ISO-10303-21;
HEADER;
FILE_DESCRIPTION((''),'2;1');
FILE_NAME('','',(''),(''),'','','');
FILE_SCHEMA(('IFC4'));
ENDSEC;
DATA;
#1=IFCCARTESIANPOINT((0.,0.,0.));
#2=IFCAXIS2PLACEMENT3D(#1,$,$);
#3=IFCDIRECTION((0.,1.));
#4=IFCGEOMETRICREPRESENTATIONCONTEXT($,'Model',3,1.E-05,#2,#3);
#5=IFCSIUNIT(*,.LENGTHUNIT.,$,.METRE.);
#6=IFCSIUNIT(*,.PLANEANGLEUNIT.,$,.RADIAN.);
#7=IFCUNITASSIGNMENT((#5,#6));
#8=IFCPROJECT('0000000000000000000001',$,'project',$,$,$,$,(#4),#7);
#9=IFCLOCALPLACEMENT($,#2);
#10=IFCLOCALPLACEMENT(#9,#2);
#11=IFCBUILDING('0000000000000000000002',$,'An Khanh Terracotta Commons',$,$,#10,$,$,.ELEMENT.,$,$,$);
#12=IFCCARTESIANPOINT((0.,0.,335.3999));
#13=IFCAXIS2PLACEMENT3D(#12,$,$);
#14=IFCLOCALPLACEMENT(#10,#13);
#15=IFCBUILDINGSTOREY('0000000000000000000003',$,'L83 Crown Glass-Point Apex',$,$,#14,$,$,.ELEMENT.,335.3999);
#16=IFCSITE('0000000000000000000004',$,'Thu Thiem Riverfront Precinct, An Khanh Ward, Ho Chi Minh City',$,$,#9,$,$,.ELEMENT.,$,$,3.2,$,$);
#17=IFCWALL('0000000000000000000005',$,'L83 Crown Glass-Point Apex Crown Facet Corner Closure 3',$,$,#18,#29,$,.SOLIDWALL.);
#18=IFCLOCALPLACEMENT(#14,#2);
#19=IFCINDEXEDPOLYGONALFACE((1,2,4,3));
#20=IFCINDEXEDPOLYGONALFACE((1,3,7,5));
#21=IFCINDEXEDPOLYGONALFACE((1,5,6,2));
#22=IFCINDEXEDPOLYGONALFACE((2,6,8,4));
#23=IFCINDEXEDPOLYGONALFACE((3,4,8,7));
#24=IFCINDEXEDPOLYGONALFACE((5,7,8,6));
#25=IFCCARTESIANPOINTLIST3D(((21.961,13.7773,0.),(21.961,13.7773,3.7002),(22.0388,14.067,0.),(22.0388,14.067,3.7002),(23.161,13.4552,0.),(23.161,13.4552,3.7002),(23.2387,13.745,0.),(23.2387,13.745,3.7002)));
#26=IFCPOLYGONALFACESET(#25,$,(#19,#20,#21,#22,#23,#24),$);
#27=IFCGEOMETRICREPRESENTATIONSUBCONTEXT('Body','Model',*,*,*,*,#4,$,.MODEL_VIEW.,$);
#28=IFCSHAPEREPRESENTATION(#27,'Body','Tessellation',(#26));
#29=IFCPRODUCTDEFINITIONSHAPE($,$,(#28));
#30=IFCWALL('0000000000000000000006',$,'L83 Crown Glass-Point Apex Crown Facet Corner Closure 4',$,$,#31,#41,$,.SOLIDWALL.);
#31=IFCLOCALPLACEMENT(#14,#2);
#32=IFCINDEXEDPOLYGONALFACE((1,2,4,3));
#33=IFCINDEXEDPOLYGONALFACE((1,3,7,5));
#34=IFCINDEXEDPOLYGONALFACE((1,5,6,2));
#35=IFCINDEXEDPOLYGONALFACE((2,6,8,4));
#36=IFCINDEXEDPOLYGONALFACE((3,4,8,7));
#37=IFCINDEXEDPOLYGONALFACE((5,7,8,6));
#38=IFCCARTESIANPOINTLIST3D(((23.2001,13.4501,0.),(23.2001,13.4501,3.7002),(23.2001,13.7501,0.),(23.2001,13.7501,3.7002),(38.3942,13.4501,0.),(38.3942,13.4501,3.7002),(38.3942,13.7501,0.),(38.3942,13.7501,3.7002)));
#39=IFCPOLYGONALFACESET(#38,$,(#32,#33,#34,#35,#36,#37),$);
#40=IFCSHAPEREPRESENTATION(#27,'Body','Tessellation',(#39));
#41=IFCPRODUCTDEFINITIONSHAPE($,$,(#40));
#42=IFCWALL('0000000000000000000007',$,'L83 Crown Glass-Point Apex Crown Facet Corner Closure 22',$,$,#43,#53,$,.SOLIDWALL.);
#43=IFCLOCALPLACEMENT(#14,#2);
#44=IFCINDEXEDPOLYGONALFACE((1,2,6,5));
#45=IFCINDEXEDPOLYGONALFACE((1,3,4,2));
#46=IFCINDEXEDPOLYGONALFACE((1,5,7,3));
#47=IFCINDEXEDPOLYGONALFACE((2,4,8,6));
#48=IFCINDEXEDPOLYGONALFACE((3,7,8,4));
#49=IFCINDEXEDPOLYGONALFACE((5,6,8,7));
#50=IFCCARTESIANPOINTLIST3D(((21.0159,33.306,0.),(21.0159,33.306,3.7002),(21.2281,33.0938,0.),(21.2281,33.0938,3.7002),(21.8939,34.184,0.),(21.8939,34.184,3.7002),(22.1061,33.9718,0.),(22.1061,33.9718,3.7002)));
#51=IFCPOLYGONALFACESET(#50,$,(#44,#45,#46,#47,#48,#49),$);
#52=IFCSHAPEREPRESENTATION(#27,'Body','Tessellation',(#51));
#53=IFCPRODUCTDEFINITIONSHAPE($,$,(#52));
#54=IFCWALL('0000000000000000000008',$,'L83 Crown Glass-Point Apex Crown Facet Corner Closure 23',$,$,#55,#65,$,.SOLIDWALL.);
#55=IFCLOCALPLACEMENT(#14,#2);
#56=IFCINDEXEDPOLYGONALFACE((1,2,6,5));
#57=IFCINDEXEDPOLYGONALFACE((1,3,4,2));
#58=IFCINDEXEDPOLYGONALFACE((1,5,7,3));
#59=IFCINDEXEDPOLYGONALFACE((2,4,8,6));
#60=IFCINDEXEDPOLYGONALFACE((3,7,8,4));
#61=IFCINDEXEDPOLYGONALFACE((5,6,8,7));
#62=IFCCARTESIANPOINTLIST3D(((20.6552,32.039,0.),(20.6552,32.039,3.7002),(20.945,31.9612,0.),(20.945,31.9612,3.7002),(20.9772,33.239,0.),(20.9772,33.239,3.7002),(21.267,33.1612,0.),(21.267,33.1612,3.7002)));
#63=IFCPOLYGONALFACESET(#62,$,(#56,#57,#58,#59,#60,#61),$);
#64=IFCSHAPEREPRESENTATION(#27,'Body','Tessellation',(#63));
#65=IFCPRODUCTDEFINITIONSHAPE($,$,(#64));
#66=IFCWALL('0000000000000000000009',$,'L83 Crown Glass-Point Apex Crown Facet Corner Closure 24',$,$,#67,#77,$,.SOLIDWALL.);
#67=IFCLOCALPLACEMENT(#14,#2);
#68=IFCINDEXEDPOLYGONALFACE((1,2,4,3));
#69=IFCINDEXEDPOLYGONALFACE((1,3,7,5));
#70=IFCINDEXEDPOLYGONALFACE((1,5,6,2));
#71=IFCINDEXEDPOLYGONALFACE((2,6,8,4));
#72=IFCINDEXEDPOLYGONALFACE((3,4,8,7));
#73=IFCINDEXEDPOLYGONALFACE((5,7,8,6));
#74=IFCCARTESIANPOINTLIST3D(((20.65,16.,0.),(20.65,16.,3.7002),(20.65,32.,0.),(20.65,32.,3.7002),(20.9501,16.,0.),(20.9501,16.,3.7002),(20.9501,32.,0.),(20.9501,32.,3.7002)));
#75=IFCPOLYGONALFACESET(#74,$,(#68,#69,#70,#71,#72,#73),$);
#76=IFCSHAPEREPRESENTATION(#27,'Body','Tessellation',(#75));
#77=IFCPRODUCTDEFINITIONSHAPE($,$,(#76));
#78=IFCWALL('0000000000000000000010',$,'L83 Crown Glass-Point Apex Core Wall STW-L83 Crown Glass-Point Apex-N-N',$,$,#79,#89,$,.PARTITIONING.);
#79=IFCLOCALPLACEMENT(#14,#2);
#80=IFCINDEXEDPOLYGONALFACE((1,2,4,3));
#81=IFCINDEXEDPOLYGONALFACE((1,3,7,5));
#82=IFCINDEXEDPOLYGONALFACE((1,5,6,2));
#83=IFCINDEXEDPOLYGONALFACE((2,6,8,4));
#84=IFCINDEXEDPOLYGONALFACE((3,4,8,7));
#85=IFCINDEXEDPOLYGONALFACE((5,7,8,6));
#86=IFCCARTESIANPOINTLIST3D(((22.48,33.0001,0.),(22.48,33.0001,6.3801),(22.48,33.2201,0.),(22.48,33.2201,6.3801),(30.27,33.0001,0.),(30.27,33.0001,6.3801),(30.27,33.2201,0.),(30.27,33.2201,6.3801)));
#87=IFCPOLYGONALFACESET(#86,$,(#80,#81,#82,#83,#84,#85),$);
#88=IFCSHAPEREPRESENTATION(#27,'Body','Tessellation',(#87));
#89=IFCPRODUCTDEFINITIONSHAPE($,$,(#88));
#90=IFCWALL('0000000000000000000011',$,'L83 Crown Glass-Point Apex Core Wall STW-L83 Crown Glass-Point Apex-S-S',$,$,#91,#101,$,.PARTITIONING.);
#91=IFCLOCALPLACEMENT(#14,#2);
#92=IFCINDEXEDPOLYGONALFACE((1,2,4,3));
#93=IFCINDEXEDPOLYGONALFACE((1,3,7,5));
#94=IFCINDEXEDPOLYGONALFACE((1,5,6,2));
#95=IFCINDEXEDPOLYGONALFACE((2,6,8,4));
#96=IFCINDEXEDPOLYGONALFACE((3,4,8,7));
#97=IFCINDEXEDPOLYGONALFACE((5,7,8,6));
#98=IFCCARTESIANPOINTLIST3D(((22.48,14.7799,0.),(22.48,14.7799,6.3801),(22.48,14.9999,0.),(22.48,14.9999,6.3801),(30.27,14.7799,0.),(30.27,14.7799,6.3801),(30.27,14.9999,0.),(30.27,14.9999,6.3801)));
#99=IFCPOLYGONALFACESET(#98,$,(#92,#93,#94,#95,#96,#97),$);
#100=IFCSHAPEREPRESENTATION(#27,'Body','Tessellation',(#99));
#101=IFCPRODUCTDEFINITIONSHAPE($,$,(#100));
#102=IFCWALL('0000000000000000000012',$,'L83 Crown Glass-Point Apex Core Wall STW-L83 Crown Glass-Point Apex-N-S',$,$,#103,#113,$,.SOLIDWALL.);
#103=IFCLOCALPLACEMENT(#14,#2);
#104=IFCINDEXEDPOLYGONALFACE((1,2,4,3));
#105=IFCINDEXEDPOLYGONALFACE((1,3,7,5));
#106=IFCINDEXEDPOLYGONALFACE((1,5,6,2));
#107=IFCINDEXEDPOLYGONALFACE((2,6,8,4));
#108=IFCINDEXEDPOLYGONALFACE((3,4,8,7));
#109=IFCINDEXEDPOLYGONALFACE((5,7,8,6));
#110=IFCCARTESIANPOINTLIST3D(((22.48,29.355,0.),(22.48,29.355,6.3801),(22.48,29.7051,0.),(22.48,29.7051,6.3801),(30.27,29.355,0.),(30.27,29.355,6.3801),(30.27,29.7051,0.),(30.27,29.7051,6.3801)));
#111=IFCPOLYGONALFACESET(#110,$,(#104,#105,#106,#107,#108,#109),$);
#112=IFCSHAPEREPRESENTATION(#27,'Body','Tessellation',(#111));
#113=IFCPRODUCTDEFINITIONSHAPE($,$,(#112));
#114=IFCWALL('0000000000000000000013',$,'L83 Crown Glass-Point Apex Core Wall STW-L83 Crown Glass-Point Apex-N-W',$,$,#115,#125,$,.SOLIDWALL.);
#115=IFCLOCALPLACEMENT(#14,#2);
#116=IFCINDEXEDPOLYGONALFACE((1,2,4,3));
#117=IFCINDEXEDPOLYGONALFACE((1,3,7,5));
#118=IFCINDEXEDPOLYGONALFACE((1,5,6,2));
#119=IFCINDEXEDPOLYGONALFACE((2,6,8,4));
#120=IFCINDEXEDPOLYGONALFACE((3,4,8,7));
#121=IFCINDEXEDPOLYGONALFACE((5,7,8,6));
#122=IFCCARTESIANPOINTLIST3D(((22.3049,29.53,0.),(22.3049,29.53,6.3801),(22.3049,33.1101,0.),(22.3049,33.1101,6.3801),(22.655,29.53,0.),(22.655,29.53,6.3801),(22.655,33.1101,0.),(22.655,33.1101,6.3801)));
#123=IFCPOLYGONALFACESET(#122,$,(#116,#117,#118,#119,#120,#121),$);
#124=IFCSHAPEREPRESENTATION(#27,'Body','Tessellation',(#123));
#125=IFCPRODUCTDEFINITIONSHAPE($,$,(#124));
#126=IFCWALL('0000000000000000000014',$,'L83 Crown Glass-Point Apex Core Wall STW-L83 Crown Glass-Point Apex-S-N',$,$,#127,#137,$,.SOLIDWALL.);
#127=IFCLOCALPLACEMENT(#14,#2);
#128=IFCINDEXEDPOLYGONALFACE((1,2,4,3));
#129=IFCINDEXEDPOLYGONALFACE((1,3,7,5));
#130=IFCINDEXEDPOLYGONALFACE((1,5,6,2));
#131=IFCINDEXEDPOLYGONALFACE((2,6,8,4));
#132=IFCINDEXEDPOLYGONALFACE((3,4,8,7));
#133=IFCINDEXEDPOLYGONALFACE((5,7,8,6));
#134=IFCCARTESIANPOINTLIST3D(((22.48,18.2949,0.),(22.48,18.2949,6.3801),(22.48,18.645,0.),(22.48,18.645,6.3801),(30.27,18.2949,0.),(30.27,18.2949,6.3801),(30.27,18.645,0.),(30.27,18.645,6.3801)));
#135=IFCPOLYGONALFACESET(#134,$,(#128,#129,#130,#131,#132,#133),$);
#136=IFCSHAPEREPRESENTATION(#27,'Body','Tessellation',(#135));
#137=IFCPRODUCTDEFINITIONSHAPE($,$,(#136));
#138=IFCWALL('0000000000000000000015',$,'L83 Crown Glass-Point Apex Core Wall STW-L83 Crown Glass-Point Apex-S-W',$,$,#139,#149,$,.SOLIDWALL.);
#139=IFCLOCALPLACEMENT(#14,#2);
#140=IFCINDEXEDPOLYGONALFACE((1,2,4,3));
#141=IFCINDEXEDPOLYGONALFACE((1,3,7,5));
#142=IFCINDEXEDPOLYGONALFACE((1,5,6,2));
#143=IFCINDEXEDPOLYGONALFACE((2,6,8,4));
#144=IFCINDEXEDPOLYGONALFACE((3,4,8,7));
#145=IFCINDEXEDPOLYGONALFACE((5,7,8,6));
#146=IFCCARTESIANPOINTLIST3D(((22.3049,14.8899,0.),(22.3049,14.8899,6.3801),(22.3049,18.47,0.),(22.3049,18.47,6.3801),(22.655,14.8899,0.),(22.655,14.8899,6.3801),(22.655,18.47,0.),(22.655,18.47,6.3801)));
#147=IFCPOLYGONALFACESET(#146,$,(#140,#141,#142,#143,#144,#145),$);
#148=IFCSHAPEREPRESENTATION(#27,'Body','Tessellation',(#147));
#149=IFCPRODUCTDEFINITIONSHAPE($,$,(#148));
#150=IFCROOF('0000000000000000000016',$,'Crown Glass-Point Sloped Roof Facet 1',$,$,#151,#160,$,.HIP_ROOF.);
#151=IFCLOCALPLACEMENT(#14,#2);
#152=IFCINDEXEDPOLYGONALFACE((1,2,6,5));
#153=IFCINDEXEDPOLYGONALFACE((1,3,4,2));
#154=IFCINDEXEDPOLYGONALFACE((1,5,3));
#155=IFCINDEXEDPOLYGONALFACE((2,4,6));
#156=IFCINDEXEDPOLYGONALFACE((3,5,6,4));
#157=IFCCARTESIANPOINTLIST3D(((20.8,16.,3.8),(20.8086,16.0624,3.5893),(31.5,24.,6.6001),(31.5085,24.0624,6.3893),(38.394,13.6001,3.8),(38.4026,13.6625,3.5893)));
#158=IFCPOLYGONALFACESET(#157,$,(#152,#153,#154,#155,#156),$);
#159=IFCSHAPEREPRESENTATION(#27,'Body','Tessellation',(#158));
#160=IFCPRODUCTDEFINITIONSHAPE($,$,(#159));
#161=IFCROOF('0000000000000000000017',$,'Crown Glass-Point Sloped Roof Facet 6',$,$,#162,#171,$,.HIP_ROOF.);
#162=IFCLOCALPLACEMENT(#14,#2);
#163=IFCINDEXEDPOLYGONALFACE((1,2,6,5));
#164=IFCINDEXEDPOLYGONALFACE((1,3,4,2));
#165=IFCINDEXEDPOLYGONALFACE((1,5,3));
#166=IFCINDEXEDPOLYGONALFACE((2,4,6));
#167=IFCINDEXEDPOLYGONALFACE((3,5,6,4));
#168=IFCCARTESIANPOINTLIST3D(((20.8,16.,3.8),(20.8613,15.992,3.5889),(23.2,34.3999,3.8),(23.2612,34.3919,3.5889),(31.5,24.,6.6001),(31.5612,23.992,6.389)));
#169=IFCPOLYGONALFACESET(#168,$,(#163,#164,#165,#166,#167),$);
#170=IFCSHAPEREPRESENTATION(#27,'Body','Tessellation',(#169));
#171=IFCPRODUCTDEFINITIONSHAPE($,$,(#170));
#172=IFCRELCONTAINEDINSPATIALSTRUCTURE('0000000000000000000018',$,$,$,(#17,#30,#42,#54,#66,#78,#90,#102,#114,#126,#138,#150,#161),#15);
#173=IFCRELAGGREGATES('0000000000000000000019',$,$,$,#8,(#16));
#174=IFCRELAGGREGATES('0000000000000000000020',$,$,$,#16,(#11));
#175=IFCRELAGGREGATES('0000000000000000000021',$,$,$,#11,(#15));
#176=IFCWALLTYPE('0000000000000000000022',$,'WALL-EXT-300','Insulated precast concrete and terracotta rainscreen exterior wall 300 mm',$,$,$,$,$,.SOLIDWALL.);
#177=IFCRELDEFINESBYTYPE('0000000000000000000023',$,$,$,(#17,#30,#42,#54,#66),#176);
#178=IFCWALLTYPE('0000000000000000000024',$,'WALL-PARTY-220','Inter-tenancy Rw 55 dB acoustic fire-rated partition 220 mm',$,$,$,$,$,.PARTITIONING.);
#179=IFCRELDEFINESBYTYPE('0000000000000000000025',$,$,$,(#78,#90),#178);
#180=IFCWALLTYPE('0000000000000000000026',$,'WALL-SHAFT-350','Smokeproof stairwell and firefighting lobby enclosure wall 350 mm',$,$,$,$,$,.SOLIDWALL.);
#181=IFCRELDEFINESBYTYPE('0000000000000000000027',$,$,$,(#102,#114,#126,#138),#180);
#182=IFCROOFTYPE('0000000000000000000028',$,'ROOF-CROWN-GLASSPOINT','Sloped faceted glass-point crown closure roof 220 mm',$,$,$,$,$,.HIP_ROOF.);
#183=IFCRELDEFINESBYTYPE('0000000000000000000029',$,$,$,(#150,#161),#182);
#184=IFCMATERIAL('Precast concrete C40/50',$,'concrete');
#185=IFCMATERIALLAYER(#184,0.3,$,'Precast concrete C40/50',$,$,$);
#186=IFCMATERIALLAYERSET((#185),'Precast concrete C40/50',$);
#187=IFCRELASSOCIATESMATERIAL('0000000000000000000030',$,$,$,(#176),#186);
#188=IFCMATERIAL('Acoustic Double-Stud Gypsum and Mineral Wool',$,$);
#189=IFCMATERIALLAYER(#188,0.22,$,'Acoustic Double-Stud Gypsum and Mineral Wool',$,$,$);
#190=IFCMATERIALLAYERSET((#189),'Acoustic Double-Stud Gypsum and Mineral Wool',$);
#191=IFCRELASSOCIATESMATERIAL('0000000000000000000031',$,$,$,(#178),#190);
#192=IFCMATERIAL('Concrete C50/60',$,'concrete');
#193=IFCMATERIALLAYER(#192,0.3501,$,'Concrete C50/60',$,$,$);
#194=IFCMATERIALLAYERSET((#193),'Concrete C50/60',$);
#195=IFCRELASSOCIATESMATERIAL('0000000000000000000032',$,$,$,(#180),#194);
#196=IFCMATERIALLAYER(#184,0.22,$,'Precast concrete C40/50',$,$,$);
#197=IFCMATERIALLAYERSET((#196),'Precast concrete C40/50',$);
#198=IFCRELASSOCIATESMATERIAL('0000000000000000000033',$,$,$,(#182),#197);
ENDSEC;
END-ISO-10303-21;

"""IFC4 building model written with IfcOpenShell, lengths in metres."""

from ifc_helpers import new_model, si_unit, direction, frame, frame_2d, origin, place, context, subcontext, project, spatial, polyline, rectangle, outline, extrude, material, layer, layer_set, type_object, element, save


model = new_model("IFC4")

# Units and contexts
model_context = context("Model", 3, precision=1e-05, world=origin(), true_north=direction((0.0, 1.0)))
body_context = subcontext(model_context, "Body", "Model", "MODEL_VIEW")
ifc_project = project(units=[si_unit("LENGTHUNIT", "METRE"), si_unit("PLANEANGLEUNIT", "RADIAN")], contexts=[model_context])

# Site, building, storey
site_placement = place(None, origin())
site = spatial("IfcSite", under=ifc_project, at=site_placement, Name="Thu Thiem Riverfront Precinct, An Khanh Ward, Ho Chi Minh City", CompositionType="ELEMENT", RefElevation=3.2)
building_placement = place(site_placement, origin())
building = spatial("IfcBuilding", under=site, at=building_placement, Name="An Khanh Terracotta Commons", CompositionType="ELEMENT")
storey_placement = place(building_placement, frame((0.0, 0.0, 335.3999)))
storey = spatial("IfcBuildingStorey", under=building, at=storey_placement, Name="L83 Crown Glass-Point Apex", CompositionType="ELEMENT", Elevation=335.3999)

# Shared definitions
ifc_material_1 = material(Name="Concrete C50/60", Category="concrete")

# Walls
ifc_material_2 = material(Name="Precast concrete C40/50", Category="concrete")
ifc_layer_1 = layer(ifc_material_2, 0.3, Name="Precast concrete C40/50")
ifc_layer_set_1 = layer_set([ifc_layer_1], Name="Precast concrete C40/50")
wall_type_1 = type_object("IfcWallType", Name="WALL-EXT-300", Description="Insulated precast concrete and terracotta rainscreen exterior wall 300 mm", PredefinedType="SOLIDWALL", material=ifc_layer_set_1)
wall_1_placement = place(storey_placement, frame((22.0, 13.9221, 0.0), z_axis=(0.0, 0.0, 1.0), x_axis=(0.965826, -0.259191, 0.0)))
element("IfcWall", 1, at=wall_1_placement, inside=storey, type_object=wall_type_1, Name="L83 Crown Glass-Point Apex Crown Facet Corner Closure 3", PredefinedType="SOLIDWALL", context=body_context, shape_type="SweptSolid", body=[
    extrude(rectangle(XDim=1.2424, YDim=0.3, at=frame_2d((0.6211, 0.0))), origin(), (0.0, 0.0, 1.0), 3.7002),
])
wall_2_placement = place(storey_placement, frame((23.2, 13.6001, 0.0), z_axis=(0.0, 0.0, 1.0), x_axis=(1.0, 0.0, 0.0)))
element("IfcWall", 2, at=wall_2_placement, inside=storey, type_object=wall_type_1, Name="L83 Crown Glass-Point Apex Crown Facet Corner Closure 4", PredefinedType="SOLIDWALL", context=body_context, shape_type="SweptSolid", body=[
    extrude(rectangle(XDim=15.1941, YDim=0.3, at=frame_2d((7.5972, 0.0))), origin(), (0.0, 0.0, 1.0), 3.7002),
])
wall_3_placement = place(storey_placement, frame((22.0, 34.0779, 0.0), z_axis=(0.0, 0.0, 1.0), x_axis=(-0.707107, -0.707107, 0.0)))
element("IfcWall", 3, at=wall_3_placement, inside=storey, type_object=wall_type_1, Name="L83 Crown Glass-Point Apex Crown Facet Corner Closure 22", PredefinedType="SOLIDWALL", context=body_context, shape_type="SweptSolid", body=[
    extrude(rectangle(XDim=1.2417, YDim=0.3, at=frame_2d((0.6208, 0.0))), origin(), (0.0, 0.0, 1.0), 3.7002),
])
wall_4_placement = place(storey_placement, frame((21.1221, 33.2, 0.0), z_axis=(0.0, 0.0, 1.0), x_axis=(-0.259191, -0.965826, 0.0)))
element("IfcWall", 4, at=wall_4_placement, inside=storey, type_object=wall_type_1, Name="L83 Crown Glass-Point Apex Crown Facet Corner Closure 23", PredefinedType="SOLIDWALL", context=body_context, shape_type="SweptSolid", body=[
    extrude(rectangle(XDim=1.2424, YDim=0.3, at=frame_2d((0.6211, 0.0))), origin(), (0.0, 0.0, 1.0), 3.7002),
])
wall_5_placement = place(storey_placement, frame((20.8, 32.0, 0.0), z_axis=(0.0, 0.0, 1.0), x_axis=(0.0, -1.0, 0.0)))
element("IfcWall", 5, at=wall_5_placement, inside=storey, type_object=wall_type_1, Name="L83 Crown Glass-Point Apex Crown Facet Corner Closure 24", PredefinedType="SOLIDWALL", context=body_context, shape_type="SweptSolid", body=[
    extrude(rectangle(XDim=16.0, YDim=0.3, at=frame_2d((8.0, 0.0))), origin(), (0.0, 0.0, 1.0), 3.7002),
])
ifc_material_3 = material(Name="Acoustic Double-Stud Gypsum and Mineral Wool")
ifc_layer_2 = layer(ifc_material_3, 0.22, Name="Acoustic Double-Stud Gypsum and Mineral Wool")
ifc_layer_set_2 = layer_set([ifc_layer_2], Name="Acoustic Double-Stud Gypsum and Mineral Wool")
wall_type_2 = type_object("IfcWallType", Name="WALL-PARTY-220", Description="Inter-tenancy Rw 55 dB acoustic fire-rated partition 220 mm", PredefinedType="PARTITIONING", material=ifc_layer_set_2)
for number, where, z_axis, x_axis, name in (
    (6, (22.48, 33.1101, 0.0), (0.0, 0.0, 1.0), (1.0, 0.0, 0.0), "L83 Crown Glass-Point Apex Core Wall STW-L83 Crown Glass-Point Apex-N-N"),
    (7, (22.48, 14.8899, 0.0), (0.0, 0.0, 1.0), (1.0, 0.0, 0.0), "L83 Crown Glass-Point Apex Core Wall STW-L83 Crown Glass-Point Apex-S-S"),
):
    element("IfcWall", number, at=place(storey_placement, frame(where, z_axis=z_axis, x_axis=x_axis)), inside=storey, type_object=wall_type_2, Name=name, PredefinedType="PARTITIONING", context=body_context, shape_type="SweptSolid", body=[
        extrude(rectangle(XDim=7.79, YDim=0.22, at=frame_2d((3.895, 0.0))), origin(), (0.0, 0.0, 1.0), 6.3801),
    ])
ifc_layer_3 = layer(ifc_material_1, 0.3501, Name="Concrete C50/60")
ifc_layer_set_3 = layer_set([ifc_layer_3], Name="Concrete C50/60")
wall_type_3 = type_object("IfcWallType", Name="WALL-SHAFT-350", Description="Smokeproof stairwell and firefighting lobby enclosure wall 350 mm", PredefinedType="SOLIDWALL", material=ifc_layer_set_3)
wall_6_placement = place(storey_placement, frame((22.48, 29.53, 0.0), z_axis=(0.0, 0.0, 1.0), x_axis=(1.0, 0.0, 0.0)))
element("IfcWall", 8, at=wall_6_placement, inside=storey, type_object=wall_type_3, Name="L83 Crown Glass-Point Apex Core Wall STW-L83 Crown Glass-Point Apex-N-S", PredefinedType="SOLIDWALL", context=body_context, shape_type="SweptSolid", body=[
    extrude(rectangle(XDim=7.79, YDim=0.3501, at=frame_2d((3.895, 0.0))), origin(), (0.0, 0.0, 1.0), 6.3801),
])
wall_7_placement = place(storey_placement, frame((22.48, 29.53, 0.0), z_axis=(0.0, 0.0, 1.0), x_axis=(0.0, 1.0, 0.0)))
element("IfcWall", 9, at=wall_7_placement, inside=storey, type_object=wall_type_3, Name="L83 Crown Glass-Point Apex Core Wall STW-L83 Crown Glass-Point Apex-N-W", PredefinedType="SOLIDWALL", context=body_context, shape_type="SweptSolid", body=[
    extrude(rectangle(XDim=3.5801, YDim=0.3501, at=frame_2d((1.79, 0.0))), origin(), (0.0, 0.0, 1.0), 6.3801),
])
wall_8_placement = place(storey_placement, frame((22.48, 18.47, 0.0), z_axis=(0.0, 0.0, 1.0), x_axis=(1.0, 0.0, 0.0)))
element("IfcWall", 10, at=wall_8_placement, inside=storey, type_object=wall_type_3, Name="L83 Crown Glass-Point Apex Core Wall STW-L83 Crown Glass-Point Apex-S-N", PredefinedType="SOLIDWALL", context=body_context, shape_type="SweptSolid", body=[
    extrude(rectangle(XDim=7.79, YDim=0.3501, at=frame_2d((3.895, 0.0))), origin(), (0.0, 0.0, 1.0), 6.3801),
])
wall_9_placement = place(storey_placement, frame((22.48, 14.8899, 0.0), z_axis=(0.0, 0.0, 1.0), x_axis=(0.0, 1.0, 0.0)))
element("IfcWall", 11, at=wall_9_placement, inside=storey, type_object=wall_type_3, Name="L83 Crown Glass-Point Apex Core Wall STW-L83 Crown Glass-Point Apex-S-W", PredefinedType="SOLIDWALL", context=body_context, shape_type="SweptSolid", body=[
    extrude(rectangle(XDim=3.5801, YDim=0.3501, at=frame_2d((1.79, 0.0))), origin(), (0.0, 0.0, 1.0), 6.3801),
])

# Roofs
ifc_layer_4 = layer(ifc_material_2, 0.22, Name="Precast concrete C40/50")
ifc_layer_set_4 = layer_set([ifc_layer_4], Name="Precast concrete C40/50")
roof_type = type_object("IfcRoofType", Name="ROOF-CROWN-GLASSPOINT", Description="Sloped faceted glass-point crown closure roof 220 mm", PredefinedType="HIP_ROOF", material=ifc_layer_set_4)
roof_1_placement = place(storey_placement, frame((20.8, 16.0, 3.8), z_axis=(-0.038687, -0.283617, 0.958157), x_axis=(0.990825, -0.135153, 0.0)))
element("IfcRoof", 12, at=roof_1_placement, inside=storey, type_object=roof_type, Name="Crown Glass-Point Sloped Roof Facet 1", PredefinedType="HIP_ROOF", context=body_context, shape_type="SweptSolid", body=[
    extrude(outline(polyline([(0.0, 0.0), (17.7569, 0.0), (9.5206, 9.782), (0.0, 0.0)])), origin(), (0.0, 0.0, -1.0), 0.22),
])
roof_2_placement = place(storey_placement, frame((23.2, 34.3999, 3.8), z_axis=(-0.27831, 0.0363, 0.959805), x_axis=(-0.129335, -0.991601, 0.0)))
element("IfcRoof", 13, at=roof_2_placement, inside=storey, type_object=roof_type, Name="Crown Glass-Point Sloped Roof Facet 6", PredefinedType="HIP_ROOF", context=body_context, shape_type="SweptSolid", body=[
    extrude(outline(polyline([(0.0, 0.0), (18.5558, 0.0), (9.2391, 9.9764), (0.0, 0.0)])), origin(), (0.0, 0.0, -1.0), 0.22),
])

save(model, "model.ifc")
